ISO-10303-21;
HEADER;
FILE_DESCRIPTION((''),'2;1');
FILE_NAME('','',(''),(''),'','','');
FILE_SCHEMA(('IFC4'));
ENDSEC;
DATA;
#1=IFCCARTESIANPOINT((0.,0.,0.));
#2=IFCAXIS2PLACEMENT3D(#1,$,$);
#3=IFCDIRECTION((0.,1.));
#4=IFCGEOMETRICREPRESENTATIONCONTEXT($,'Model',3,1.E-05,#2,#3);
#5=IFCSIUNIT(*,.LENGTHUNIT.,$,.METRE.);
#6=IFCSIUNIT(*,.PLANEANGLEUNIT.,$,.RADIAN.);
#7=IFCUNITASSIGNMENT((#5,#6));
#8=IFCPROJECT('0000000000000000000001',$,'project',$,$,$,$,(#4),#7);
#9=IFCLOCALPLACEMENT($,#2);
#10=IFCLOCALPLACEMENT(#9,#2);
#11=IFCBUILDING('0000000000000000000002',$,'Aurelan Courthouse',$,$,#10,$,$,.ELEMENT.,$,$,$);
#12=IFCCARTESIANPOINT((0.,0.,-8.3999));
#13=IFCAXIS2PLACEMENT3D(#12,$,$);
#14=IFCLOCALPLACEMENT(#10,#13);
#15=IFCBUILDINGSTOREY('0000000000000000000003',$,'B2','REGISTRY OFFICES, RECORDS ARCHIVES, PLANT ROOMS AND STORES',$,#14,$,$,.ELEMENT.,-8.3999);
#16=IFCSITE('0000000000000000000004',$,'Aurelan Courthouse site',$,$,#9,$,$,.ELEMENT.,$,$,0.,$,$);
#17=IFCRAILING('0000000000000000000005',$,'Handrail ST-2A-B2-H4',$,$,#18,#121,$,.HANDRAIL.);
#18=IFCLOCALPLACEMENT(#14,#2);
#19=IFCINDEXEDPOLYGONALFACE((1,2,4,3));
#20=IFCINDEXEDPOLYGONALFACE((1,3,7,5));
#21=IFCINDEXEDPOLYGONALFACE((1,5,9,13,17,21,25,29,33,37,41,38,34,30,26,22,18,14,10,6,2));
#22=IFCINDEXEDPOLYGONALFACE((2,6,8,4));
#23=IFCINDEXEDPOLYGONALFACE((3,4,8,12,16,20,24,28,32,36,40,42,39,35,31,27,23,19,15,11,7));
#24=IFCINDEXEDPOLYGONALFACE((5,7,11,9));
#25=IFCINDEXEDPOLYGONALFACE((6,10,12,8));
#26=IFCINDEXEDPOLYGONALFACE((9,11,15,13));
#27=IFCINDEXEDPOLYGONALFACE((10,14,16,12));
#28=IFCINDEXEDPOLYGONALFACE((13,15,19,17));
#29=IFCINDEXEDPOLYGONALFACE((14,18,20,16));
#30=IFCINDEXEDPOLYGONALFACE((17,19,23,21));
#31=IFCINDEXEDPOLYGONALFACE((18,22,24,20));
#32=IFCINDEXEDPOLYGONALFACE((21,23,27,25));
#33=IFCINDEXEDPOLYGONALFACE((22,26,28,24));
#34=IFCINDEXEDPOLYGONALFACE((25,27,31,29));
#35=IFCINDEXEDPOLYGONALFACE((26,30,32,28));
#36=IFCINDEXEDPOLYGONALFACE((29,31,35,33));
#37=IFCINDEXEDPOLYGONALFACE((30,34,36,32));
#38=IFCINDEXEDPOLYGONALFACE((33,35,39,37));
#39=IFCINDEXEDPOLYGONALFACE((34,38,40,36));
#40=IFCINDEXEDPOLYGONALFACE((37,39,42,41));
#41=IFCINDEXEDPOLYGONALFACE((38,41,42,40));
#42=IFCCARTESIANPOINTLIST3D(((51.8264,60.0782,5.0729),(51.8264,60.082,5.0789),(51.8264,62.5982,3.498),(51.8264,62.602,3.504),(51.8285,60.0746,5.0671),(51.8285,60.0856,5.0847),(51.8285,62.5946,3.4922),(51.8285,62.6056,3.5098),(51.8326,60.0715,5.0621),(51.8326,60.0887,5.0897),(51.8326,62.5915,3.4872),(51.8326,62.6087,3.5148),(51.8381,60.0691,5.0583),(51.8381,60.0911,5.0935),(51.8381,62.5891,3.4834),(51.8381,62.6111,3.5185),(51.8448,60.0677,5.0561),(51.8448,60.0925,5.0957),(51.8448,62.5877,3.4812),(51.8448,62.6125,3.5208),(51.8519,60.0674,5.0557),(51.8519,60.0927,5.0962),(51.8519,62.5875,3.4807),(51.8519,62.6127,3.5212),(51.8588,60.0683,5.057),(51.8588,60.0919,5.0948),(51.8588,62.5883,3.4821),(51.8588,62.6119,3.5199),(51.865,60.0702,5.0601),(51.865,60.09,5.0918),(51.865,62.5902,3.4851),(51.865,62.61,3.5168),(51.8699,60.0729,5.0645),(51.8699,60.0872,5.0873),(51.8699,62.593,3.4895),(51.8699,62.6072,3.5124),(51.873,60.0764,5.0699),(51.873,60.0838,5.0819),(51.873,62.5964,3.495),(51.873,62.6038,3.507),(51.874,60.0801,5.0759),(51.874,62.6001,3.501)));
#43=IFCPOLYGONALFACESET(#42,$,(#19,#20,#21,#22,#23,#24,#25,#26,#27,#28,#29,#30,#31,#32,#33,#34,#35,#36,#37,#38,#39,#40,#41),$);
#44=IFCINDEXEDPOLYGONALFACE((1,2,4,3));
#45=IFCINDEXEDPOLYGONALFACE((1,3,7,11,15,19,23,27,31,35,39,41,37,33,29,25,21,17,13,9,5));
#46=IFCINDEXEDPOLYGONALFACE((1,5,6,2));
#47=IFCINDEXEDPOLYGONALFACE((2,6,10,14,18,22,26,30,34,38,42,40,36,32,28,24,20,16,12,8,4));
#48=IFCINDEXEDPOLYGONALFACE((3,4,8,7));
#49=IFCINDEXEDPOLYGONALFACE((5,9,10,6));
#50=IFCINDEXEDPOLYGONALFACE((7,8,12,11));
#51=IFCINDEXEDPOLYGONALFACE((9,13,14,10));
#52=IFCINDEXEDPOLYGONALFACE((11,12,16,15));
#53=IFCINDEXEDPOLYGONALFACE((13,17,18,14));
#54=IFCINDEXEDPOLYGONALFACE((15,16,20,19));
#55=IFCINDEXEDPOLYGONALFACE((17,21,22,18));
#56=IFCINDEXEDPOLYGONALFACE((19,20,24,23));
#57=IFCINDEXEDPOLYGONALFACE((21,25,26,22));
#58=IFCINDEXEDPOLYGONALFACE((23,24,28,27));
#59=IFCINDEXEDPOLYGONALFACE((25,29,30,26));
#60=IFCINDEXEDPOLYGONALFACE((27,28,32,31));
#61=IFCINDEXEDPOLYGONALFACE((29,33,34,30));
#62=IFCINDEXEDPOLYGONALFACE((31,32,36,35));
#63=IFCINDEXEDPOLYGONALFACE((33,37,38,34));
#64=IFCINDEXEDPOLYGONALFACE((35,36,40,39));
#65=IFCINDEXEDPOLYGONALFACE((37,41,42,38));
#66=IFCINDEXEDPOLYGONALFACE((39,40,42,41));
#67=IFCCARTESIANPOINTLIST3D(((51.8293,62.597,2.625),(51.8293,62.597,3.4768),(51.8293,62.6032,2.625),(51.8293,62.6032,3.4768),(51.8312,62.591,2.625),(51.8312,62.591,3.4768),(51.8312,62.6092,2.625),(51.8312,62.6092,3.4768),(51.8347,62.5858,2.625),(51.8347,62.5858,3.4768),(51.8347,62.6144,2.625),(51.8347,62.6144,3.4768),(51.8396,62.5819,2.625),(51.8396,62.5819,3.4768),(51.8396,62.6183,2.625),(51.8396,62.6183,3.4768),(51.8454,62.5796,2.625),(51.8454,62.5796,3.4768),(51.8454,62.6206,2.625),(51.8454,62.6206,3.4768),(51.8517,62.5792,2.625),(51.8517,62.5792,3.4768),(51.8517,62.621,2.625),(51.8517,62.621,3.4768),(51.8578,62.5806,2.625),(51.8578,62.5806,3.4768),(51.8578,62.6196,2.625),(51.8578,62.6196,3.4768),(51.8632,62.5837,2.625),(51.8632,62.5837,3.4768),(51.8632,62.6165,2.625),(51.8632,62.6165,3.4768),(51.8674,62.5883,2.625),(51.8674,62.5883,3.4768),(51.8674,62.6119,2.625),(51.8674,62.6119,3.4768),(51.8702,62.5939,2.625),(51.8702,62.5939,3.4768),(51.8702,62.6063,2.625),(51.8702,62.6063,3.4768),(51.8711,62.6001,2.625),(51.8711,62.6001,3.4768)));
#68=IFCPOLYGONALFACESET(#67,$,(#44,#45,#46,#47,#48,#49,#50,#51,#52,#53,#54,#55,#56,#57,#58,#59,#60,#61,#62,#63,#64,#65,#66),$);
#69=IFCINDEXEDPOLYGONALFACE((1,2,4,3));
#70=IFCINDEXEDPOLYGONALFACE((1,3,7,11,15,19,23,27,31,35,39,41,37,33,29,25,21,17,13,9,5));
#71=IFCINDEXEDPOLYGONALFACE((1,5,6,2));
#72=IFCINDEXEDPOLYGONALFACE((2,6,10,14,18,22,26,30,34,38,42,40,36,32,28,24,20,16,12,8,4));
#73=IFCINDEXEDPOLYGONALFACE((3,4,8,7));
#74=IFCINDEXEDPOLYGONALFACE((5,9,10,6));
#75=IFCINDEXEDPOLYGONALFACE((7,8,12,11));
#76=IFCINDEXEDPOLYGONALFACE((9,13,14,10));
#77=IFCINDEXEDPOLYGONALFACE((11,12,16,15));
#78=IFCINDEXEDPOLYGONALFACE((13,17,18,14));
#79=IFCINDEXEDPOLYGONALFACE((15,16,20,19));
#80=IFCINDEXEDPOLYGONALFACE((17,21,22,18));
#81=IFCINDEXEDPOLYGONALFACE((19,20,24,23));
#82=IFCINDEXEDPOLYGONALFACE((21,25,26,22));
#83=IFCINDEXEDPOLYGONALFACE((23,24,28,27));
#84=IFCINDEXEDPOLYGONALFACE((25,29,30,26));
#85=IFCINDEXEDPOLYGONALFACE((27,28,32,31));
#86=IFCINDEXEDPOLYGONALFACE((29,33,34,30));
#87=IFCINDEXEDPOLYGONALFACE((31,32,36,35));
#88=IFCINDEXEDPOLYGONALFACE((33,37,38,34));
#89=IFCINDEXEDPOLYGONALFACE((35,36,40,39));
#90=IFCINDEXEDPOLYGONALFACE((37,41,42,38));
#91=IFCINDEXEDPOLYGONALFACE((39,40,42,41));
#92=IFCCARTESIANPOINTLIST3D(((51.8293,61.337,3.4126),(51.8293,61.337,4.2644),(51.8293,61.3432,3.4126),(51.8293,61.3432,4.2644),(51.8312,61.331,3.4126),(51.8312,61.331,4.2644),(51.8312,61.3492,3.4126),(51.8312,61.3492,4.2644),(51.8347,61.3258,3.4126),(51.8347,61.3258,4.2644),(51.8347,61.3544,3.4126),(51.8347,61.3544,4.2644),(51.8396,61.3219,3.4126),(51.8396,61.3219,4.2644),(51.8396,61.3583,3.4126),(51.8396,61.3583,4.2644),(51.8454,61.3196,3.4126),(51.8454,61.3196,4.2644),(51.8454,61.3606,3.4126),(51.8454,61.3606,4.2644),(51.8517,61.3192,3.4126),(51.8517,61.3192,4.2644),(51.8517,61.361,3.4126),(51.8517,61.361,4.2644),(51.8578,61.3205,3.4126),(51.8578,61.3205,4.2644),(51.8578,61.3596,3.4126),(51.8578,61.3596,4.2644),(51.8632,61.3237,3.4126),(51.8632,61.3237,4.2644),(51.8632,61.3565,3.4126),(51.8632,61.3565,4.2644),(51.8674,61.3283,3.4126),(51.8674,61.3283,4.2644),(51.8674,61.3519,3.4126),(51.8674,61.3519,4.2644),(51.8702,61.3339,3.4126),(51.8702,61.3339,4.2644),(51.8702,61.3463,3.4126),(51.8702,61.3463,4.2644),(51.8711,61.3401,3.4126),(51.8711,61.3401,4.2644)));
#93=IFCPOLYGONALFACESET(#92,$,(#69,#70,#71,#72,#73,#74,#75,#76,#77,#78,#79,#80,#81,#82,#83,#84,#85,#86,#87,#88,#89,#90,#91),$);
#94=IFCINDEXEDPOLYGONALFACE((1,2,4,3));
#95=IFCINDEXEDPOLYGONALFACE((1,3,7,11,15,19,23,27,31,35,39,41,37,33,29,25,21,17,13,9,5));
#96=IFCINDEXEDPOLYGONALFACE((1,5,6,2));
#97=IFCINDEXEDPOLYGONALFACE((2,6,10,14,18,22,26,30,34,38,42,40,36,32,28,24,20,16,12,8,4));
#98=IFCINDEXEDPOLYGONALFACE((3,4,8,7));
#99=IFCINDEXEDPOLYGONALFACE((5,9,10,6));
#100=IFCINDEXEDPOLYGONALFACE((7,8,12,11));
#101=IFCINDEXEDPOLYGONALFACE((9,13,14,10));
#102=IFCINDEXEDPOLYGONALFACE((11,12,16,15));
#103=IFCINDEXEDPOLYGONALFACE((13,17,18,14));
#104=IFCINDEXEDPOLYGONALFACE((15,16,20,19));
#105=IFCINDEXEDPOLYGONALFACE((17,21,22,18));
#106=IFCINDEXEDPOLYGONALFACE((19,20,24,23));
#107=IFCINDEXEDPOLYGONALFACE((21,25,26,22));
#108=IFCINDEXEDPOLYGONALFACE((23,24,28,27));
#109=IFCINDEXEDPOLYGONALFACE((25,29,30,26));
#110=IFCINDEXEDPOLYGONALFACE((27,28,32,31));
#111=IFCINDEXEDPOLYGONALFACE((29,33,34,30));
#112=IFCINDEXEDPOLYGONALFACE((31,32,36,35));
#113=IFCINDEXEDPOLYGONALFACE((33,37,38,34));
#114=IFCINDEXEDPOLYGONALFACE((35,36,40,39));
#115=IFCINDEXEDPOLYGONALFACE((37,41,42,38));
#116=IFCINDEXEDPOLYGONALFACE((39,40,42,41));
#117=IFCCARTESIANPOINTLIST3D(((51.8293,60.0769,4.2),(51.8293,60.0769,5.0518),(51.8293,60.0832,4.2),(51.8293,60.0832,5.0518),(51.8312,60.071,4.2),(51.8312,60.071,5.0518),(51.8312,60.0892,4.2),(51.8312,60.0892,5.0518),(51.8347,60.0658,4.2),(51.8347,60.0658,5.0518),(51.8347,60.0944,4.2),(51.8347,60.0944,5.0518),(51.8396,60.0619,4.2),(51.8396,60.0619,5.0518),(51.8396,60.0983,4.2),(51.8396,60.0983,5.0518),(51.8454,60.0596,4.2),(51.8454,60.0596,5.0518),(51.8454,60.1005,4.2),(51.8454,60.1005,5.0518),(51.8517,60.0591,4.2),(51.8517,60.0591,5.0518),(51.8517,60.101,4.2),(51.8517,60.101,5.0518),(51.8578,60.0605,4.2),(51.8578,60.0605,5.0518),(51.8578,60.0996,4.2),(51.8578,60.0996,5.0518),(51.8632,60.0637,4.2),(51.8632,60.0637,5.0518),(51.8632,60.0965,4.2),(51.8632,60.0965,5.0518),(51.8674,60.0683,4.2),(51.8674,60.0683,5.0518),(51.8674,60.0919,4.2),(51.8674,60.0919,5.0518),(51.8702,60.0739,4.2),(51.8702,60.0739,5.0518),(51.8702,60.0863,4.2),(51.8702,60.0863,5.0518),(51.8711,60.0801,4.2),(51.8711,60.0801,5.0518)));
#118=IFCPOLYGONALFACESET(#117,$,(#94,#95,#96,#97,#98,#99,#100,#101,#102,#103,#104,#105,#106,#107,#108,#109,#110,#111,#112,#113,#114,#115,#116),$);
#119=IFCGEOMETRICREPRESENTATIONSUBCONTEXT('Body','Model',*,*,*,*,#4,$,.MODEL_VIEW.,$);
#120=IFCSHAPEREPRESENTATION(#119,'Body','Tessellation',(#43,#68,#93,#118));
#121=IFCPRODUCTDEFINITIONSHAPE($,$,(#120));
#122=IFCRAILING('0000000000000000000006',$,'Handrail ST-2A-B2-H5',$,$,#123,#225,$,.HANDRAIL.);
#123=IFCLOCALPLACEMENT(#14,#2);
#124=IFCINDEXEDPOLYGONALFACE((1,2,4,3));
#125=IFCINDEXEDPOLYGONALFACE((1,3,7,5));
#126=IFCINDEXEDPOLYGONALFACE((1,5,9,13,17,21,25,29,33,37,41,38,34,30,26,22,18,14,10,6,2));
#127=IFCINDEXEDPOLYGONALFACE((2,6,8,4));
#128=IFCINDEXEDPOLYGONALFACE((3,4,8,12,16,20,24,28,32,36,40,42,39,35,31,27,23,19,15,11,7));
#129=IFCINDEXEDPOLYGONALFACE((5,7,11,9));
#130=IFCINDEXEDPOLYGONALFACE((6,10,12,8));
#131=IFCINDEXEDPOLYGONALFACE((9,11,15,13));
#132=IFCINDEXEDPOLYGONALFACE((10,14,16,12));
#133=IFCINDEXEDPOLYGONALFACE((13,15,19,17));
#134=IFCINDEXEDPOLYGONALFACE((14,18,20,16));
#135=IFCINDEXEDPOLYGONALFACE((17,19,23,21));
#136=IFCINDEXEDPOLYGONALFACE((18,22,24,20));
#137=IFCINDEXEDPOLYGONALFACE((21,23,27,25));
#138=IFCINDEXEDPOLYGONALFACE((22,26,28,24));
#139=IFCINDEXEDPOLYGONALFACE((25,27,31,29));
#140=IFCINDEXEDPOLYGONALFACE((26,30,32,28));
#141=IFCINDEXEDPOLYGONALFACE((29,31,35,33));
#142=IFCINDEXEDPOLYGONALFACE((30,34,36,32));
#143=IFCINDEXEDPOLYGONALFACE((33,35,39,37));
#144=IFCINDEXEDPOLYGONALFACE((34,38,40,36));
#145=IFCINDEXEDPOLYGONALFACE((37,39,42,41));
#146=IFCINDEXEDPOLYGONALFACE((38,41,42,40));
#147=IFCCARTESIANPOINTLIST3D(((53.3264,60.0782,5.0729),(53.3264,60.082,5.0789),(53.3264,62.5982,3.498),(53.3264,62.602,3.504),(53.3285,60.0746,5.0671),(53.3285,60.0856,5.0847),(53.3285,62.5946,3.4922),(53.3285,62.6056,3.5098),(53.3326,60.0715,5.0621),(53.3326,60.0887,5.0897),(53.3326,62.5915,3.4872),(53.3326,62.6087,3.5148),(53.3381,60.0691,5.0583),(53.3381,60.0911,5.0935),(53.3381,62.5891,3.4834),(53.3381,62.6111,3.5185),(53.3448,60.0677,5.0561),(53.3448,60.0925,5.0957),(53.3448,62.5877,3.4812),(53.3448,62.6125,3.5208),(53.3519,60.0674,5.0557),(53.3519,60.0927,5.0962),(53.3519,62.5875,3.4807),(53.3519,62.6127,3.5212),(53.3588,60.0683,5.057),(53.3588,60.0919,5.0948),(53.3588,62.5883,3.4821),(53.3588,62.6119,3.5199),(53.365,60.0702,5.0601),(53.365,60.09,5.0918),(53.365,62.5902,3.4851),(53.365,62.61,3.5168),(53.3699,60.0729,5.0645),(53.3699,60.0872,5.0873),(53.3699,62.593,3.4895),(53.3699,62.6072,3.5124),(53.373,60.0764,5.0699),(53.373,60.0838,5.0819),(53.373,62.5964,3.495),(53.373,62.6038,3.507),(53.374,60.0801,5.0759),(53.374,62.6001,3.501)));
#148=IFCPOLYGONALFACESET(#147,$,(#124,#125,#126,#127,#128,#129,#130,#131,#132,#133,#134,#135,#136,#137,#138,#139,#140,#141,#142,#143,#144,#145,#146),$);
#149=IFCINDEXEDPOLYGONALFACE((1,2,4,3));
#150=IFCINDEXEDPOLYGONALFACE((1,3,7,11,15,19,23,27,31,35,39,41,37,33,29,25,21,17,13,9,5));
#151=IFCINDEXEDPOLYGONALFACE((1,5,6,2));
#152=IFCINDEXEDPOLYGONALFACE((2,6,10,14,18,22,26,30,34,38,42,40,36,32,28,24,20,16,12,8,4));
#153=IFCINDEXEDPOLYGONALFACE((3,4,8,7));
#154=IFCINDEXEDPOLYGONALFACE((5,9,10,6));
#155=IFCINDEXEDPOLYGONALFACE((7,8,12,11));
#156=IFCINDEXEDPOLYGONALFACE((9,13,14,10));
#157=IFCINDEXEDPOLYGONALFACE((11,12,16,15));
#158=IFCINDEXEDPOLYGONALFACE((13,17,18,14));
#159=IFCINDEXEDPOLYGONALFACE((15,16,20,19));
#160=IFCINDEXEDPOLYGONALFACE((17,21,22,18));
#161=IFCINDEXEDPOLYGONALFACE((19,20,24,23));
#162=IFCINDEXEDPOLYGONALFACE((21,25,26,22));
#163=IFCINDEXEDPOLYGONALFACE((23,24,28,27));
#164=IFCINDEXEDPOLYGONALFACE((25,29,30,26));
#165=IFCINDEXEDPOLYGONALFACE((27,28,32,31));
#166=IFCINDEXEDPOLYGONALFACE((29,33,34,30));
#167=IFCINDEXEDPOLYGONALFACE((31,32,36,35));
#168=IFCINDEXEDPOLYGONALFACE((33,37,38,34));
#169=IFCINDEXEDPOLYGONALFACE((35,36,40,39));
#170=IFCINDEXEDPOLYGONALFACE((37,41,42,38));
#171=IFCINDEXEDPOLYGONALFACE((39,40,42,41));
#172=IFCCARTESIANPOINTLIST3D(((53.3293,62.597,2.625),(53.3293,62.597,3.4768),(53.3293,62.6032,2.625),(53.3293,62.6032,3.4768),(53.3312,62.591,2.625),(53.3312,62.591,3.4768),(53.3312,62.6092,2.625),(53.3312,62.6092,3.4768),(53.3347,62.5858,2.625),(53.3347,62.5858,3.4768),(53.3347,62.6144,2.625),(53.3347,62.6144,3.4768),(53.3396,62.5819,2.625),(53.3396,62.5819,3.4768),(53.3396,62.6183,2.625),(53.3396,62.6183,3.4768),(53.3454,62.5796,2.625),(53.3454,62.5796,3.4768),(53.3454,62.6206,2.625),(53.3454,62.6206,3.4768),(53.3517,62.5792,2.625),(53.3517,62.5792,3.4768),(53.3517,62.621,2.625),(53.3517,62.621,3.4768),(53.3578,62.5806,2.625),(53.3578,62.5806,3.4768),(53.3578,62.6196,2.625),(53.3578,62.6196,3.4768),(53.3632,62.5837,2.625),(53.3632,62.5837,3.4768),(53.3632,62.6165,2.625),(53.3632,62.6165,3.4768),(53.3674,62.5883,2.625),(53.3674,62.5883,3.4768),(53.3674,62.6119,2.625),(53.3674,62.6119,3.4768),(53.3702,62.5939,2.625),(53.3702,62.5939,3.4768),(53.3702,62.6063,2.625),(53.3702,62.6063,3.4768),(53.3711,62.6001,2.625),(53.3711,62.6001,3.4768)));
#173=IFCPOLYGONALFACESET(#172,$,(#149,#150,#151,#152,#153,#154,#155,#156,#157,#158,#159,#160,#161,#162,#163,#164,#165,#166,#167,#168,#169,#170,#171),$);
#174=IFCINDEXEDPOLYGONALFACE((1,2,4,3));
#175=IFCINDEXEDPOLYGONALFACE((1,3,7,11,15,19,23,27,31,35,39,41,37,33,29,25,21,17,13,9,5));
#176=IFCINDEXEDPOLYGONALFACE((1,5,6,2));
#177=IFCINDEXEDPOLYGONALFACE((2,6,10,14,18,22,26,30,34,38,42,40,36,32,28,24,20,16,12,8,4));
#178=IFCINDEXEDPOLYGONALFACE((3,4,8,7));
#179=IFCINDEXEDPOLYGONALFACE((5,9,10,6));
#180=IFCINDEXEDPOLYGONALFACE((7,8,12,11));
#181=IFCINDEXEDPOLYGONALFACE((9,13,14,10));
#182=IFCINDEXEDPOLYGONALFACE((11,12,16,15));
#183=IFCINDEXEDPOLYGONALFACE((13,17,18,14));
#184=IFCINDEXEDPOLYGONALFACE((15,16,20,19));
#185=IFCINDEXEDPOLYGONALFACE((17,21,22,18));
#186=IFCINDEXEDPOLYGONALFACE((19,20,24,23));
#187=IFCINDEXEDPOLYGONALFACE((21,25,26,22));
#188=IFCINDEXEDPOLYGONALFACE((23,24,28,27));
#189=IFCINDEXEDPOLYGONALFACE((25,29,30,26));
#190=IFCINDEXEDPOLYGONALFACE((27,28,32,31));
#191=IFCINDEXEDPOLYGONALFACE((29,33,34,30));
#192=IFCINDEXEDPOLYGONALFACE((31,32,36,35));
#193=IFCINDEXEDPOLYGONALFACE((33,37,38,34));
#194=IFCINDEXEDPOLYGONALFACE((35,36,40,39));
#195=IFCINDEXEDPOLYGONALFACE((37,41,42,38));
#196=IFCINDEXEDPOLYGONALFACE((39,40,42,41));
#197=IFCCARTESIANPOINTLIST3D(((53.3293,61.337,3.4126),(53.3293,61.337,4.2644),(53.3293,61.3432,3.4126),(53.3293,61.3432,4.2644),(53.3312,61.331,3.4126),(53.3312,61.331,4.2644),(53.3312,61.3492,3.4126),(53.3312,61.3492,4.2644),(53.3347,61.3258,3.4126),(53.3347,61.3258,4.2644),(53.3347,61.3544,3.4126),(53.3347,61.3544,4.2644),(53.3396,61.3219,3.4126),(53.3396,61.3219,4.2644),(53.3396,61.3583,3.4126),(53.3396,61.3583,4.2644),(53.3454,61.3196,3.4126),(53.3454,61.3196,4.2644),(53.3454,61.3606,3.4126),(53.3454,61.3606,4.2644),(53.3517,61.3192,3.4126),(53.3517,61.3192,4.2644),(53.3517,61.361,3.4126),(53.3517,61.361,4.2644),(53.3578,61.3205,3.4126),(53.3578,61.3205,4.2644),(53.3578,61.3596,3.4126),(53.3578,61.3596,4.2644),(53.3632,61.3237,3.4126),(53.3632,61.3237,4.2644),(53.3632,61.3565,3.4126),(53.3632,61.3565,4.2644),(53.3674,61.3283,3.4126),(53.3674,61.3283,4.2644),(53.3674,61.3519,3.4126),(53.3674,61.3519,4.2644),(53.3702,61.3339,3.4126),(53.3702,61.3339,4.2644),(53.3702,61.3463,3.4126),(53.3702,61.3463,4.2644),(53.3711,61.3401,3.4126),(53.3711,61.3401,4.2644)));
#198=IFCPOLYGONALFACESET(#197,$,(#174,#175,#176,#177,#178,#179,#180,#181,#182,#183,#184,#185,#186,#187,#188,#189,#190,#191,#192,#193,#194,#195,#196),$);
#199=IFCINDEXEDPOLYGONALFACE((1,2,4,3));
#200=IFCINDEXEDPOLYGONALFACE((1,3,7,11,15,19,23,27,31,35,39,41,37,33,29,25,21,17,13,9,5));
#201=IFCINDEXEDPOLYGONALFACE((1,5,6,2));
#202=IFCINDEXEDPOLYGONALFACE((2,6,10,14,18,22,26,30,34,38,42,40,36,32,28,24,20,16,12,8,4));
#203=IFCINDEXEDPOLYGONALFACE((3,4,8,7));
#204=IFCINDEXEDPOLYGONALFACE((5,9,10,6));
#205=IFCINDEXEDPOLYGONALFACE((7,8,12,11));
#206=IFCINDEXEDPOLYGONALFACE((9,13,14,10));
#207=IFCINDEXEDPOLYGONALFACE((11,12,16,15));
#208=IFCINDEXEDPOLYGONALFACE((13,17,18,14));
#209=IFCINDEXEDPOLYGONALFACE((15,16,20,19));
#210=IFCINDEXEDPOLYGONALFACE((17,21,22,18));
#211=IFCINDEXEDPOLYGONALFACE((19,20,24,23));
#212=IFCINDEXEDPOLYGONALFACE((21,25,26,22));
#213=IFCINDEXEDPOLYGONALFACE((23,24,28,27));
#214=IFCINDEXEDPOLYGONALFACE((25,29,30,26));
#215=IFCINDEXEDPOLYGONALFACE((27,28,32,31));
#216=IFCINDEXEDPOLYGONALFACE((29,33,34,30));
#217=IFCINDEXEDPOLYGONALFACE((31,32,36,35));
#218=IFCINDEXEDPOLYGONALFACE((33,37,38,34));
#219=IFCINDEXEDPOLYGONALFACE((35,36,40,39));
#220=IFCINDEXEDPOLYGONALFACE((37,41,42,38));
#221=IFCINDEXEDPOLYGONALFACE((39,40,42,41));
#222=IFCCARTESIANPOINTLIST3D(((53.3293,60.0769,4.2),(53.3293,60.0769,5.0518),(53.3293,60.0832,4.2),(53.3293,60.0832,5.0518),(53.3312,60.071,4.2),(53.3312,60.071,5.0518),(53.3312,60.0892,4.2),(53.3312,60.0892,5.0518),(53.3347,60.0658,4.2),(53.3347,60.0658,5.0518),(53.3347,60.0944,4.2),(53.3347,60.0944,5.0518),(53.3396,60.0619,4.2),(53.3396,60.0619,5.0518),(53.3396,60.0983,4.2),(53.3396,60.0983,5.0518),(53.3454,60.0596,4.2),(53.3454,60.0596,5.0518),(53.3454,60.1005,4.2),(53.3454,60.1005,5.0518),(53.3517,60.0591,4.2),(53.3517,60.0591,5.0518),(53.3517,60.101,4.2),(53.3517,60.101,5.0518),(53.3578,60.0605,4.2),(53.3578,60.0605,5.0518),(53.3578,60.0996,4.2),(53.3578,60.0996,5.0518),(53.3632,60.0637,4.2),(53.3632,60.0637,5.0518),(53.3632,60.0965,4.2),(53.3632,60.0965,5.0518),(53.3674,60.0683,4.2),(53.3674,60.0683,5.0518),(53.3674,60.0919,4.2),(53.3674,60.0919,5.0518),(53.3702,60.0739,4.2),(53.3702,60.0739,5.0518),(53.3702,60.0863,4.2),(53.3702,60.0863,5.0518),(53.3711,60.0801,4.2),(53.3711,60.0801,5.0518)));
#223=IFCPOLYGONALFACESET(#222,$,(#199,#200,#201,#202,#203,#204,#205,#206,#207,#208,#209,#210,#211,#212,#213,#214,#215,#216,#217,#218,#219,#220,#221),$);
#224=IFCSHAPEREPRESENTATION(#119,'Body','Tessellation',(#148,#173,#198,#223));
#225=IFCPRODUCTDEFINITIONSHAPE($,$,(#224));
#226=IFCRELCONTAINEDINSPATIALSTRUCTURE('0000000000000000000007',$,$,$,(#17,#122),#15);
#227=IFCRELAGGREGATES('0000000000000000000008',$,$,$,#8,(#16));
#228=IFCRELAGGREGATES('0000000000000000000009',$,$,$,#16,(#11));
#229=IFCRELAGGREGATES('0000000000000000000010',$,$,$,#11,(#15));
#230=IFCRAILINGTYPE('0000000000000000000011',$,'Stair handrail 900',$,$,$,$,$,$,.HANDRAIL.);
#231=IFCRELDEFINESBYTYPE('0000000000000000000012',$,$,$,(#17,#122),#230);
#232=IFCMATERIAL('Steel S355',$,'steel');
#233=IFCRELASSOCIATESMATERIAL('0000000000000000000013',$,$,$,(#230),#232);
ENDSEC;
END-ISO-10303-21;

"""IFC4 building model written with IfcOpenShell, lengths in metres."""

from ifc_helpers import new_model, si_unit, direction, frame, origin, origin_2d, place, context, subcontext, project, spatial, circle, extrude, material, type_object, element, save


model = new_model("IFC4")

# Units and contexts
model_context = context("Model", 3, precision=1e-05, world=origin(), true_north=direction((0.0, 1.0)))
body_context = subcontext(model_context, "Body", "Model", "MODEL_VIEW")
ifc_project = project(units=[si_unit("LENGTHUNIT", "METRE"), si_unit("PLANEANGLEUNIT", "RADIAN")], contexts=[model_context])

# Site, building, storey
site_placement = place(None, origin())
site = spatial("IfcSite", under=ifc_project, at=site_placement, Name="Aurelan Courthouse site", CompositionType="ELEMENT", RefElevation=0.0)
building_placement = place(site_placement, origin())
building = spatial("IfcBuilding", under=site, at=building_placement, Name="Aurelan Courthouse", CompositionType="ELEMENT")
storey_placement = place(building_placement, frame((0.0, 0.0, -8.3999)))
storey = spatial("IfcBuildingStorey", under=building, at=storey_placement, Name="B2", Description="REGISTRY OFFICES, RECORDS ARCHIVES, PLANT ROOMS AND STORES", CompositionType="ELEMENT", Elevation=-8.3999)

# Railings
ifc_material_1 = material(Name="Steel S355", Category="steel")
railing_type_1 = type_object("IfcRailingType", Name="Stair handrail 900", PredefinedType="HANDRAIL", material=ifc_material_1)
for number, where, name in (
    (1, (51.8501, 62.6001, 2.625), "Handrail ST-2A-B2-H4"),
    (2, (53.3501, 62.6001, 2.625), "Handrail ST-2A-B2-H5"),
):
    element("IfcRailing", number, at=place(storey_placement, frame(where)), inside=storey, type_object=railing_type_1, Name=name, PredefinedType="HANDRAIL", context=body_context, shape_type="SweptSolid", body=[
        extrude(circle(Radius=0.0239, at=origin_2d()), frame((0.0, 0.0, 0.876), z_axis=(0.0, -0.848008, 0.529984), x_axis=(1.0, 0.0, 0.0)), (0.0, 0.0, 1.0), 2.9717),
        extrude(circle(Radius=0.021, at=origin_2d()), origin(), (0.0, 0.0, 1.0), 0.8518),
        extrude(circle(Radius=0.021, at=origin_2d()), frame((0.0, -1.26, 0.7876)), (0.0, 0.0, 1.0), 0.8518),
        extrude(circle(Radius=0.021, at=origin_2d()), frame((0.0, -2.52, 1.575)), (0.0, 0.0, 1.0), 0.8518),
    ])

save(model, "model.ifc")
